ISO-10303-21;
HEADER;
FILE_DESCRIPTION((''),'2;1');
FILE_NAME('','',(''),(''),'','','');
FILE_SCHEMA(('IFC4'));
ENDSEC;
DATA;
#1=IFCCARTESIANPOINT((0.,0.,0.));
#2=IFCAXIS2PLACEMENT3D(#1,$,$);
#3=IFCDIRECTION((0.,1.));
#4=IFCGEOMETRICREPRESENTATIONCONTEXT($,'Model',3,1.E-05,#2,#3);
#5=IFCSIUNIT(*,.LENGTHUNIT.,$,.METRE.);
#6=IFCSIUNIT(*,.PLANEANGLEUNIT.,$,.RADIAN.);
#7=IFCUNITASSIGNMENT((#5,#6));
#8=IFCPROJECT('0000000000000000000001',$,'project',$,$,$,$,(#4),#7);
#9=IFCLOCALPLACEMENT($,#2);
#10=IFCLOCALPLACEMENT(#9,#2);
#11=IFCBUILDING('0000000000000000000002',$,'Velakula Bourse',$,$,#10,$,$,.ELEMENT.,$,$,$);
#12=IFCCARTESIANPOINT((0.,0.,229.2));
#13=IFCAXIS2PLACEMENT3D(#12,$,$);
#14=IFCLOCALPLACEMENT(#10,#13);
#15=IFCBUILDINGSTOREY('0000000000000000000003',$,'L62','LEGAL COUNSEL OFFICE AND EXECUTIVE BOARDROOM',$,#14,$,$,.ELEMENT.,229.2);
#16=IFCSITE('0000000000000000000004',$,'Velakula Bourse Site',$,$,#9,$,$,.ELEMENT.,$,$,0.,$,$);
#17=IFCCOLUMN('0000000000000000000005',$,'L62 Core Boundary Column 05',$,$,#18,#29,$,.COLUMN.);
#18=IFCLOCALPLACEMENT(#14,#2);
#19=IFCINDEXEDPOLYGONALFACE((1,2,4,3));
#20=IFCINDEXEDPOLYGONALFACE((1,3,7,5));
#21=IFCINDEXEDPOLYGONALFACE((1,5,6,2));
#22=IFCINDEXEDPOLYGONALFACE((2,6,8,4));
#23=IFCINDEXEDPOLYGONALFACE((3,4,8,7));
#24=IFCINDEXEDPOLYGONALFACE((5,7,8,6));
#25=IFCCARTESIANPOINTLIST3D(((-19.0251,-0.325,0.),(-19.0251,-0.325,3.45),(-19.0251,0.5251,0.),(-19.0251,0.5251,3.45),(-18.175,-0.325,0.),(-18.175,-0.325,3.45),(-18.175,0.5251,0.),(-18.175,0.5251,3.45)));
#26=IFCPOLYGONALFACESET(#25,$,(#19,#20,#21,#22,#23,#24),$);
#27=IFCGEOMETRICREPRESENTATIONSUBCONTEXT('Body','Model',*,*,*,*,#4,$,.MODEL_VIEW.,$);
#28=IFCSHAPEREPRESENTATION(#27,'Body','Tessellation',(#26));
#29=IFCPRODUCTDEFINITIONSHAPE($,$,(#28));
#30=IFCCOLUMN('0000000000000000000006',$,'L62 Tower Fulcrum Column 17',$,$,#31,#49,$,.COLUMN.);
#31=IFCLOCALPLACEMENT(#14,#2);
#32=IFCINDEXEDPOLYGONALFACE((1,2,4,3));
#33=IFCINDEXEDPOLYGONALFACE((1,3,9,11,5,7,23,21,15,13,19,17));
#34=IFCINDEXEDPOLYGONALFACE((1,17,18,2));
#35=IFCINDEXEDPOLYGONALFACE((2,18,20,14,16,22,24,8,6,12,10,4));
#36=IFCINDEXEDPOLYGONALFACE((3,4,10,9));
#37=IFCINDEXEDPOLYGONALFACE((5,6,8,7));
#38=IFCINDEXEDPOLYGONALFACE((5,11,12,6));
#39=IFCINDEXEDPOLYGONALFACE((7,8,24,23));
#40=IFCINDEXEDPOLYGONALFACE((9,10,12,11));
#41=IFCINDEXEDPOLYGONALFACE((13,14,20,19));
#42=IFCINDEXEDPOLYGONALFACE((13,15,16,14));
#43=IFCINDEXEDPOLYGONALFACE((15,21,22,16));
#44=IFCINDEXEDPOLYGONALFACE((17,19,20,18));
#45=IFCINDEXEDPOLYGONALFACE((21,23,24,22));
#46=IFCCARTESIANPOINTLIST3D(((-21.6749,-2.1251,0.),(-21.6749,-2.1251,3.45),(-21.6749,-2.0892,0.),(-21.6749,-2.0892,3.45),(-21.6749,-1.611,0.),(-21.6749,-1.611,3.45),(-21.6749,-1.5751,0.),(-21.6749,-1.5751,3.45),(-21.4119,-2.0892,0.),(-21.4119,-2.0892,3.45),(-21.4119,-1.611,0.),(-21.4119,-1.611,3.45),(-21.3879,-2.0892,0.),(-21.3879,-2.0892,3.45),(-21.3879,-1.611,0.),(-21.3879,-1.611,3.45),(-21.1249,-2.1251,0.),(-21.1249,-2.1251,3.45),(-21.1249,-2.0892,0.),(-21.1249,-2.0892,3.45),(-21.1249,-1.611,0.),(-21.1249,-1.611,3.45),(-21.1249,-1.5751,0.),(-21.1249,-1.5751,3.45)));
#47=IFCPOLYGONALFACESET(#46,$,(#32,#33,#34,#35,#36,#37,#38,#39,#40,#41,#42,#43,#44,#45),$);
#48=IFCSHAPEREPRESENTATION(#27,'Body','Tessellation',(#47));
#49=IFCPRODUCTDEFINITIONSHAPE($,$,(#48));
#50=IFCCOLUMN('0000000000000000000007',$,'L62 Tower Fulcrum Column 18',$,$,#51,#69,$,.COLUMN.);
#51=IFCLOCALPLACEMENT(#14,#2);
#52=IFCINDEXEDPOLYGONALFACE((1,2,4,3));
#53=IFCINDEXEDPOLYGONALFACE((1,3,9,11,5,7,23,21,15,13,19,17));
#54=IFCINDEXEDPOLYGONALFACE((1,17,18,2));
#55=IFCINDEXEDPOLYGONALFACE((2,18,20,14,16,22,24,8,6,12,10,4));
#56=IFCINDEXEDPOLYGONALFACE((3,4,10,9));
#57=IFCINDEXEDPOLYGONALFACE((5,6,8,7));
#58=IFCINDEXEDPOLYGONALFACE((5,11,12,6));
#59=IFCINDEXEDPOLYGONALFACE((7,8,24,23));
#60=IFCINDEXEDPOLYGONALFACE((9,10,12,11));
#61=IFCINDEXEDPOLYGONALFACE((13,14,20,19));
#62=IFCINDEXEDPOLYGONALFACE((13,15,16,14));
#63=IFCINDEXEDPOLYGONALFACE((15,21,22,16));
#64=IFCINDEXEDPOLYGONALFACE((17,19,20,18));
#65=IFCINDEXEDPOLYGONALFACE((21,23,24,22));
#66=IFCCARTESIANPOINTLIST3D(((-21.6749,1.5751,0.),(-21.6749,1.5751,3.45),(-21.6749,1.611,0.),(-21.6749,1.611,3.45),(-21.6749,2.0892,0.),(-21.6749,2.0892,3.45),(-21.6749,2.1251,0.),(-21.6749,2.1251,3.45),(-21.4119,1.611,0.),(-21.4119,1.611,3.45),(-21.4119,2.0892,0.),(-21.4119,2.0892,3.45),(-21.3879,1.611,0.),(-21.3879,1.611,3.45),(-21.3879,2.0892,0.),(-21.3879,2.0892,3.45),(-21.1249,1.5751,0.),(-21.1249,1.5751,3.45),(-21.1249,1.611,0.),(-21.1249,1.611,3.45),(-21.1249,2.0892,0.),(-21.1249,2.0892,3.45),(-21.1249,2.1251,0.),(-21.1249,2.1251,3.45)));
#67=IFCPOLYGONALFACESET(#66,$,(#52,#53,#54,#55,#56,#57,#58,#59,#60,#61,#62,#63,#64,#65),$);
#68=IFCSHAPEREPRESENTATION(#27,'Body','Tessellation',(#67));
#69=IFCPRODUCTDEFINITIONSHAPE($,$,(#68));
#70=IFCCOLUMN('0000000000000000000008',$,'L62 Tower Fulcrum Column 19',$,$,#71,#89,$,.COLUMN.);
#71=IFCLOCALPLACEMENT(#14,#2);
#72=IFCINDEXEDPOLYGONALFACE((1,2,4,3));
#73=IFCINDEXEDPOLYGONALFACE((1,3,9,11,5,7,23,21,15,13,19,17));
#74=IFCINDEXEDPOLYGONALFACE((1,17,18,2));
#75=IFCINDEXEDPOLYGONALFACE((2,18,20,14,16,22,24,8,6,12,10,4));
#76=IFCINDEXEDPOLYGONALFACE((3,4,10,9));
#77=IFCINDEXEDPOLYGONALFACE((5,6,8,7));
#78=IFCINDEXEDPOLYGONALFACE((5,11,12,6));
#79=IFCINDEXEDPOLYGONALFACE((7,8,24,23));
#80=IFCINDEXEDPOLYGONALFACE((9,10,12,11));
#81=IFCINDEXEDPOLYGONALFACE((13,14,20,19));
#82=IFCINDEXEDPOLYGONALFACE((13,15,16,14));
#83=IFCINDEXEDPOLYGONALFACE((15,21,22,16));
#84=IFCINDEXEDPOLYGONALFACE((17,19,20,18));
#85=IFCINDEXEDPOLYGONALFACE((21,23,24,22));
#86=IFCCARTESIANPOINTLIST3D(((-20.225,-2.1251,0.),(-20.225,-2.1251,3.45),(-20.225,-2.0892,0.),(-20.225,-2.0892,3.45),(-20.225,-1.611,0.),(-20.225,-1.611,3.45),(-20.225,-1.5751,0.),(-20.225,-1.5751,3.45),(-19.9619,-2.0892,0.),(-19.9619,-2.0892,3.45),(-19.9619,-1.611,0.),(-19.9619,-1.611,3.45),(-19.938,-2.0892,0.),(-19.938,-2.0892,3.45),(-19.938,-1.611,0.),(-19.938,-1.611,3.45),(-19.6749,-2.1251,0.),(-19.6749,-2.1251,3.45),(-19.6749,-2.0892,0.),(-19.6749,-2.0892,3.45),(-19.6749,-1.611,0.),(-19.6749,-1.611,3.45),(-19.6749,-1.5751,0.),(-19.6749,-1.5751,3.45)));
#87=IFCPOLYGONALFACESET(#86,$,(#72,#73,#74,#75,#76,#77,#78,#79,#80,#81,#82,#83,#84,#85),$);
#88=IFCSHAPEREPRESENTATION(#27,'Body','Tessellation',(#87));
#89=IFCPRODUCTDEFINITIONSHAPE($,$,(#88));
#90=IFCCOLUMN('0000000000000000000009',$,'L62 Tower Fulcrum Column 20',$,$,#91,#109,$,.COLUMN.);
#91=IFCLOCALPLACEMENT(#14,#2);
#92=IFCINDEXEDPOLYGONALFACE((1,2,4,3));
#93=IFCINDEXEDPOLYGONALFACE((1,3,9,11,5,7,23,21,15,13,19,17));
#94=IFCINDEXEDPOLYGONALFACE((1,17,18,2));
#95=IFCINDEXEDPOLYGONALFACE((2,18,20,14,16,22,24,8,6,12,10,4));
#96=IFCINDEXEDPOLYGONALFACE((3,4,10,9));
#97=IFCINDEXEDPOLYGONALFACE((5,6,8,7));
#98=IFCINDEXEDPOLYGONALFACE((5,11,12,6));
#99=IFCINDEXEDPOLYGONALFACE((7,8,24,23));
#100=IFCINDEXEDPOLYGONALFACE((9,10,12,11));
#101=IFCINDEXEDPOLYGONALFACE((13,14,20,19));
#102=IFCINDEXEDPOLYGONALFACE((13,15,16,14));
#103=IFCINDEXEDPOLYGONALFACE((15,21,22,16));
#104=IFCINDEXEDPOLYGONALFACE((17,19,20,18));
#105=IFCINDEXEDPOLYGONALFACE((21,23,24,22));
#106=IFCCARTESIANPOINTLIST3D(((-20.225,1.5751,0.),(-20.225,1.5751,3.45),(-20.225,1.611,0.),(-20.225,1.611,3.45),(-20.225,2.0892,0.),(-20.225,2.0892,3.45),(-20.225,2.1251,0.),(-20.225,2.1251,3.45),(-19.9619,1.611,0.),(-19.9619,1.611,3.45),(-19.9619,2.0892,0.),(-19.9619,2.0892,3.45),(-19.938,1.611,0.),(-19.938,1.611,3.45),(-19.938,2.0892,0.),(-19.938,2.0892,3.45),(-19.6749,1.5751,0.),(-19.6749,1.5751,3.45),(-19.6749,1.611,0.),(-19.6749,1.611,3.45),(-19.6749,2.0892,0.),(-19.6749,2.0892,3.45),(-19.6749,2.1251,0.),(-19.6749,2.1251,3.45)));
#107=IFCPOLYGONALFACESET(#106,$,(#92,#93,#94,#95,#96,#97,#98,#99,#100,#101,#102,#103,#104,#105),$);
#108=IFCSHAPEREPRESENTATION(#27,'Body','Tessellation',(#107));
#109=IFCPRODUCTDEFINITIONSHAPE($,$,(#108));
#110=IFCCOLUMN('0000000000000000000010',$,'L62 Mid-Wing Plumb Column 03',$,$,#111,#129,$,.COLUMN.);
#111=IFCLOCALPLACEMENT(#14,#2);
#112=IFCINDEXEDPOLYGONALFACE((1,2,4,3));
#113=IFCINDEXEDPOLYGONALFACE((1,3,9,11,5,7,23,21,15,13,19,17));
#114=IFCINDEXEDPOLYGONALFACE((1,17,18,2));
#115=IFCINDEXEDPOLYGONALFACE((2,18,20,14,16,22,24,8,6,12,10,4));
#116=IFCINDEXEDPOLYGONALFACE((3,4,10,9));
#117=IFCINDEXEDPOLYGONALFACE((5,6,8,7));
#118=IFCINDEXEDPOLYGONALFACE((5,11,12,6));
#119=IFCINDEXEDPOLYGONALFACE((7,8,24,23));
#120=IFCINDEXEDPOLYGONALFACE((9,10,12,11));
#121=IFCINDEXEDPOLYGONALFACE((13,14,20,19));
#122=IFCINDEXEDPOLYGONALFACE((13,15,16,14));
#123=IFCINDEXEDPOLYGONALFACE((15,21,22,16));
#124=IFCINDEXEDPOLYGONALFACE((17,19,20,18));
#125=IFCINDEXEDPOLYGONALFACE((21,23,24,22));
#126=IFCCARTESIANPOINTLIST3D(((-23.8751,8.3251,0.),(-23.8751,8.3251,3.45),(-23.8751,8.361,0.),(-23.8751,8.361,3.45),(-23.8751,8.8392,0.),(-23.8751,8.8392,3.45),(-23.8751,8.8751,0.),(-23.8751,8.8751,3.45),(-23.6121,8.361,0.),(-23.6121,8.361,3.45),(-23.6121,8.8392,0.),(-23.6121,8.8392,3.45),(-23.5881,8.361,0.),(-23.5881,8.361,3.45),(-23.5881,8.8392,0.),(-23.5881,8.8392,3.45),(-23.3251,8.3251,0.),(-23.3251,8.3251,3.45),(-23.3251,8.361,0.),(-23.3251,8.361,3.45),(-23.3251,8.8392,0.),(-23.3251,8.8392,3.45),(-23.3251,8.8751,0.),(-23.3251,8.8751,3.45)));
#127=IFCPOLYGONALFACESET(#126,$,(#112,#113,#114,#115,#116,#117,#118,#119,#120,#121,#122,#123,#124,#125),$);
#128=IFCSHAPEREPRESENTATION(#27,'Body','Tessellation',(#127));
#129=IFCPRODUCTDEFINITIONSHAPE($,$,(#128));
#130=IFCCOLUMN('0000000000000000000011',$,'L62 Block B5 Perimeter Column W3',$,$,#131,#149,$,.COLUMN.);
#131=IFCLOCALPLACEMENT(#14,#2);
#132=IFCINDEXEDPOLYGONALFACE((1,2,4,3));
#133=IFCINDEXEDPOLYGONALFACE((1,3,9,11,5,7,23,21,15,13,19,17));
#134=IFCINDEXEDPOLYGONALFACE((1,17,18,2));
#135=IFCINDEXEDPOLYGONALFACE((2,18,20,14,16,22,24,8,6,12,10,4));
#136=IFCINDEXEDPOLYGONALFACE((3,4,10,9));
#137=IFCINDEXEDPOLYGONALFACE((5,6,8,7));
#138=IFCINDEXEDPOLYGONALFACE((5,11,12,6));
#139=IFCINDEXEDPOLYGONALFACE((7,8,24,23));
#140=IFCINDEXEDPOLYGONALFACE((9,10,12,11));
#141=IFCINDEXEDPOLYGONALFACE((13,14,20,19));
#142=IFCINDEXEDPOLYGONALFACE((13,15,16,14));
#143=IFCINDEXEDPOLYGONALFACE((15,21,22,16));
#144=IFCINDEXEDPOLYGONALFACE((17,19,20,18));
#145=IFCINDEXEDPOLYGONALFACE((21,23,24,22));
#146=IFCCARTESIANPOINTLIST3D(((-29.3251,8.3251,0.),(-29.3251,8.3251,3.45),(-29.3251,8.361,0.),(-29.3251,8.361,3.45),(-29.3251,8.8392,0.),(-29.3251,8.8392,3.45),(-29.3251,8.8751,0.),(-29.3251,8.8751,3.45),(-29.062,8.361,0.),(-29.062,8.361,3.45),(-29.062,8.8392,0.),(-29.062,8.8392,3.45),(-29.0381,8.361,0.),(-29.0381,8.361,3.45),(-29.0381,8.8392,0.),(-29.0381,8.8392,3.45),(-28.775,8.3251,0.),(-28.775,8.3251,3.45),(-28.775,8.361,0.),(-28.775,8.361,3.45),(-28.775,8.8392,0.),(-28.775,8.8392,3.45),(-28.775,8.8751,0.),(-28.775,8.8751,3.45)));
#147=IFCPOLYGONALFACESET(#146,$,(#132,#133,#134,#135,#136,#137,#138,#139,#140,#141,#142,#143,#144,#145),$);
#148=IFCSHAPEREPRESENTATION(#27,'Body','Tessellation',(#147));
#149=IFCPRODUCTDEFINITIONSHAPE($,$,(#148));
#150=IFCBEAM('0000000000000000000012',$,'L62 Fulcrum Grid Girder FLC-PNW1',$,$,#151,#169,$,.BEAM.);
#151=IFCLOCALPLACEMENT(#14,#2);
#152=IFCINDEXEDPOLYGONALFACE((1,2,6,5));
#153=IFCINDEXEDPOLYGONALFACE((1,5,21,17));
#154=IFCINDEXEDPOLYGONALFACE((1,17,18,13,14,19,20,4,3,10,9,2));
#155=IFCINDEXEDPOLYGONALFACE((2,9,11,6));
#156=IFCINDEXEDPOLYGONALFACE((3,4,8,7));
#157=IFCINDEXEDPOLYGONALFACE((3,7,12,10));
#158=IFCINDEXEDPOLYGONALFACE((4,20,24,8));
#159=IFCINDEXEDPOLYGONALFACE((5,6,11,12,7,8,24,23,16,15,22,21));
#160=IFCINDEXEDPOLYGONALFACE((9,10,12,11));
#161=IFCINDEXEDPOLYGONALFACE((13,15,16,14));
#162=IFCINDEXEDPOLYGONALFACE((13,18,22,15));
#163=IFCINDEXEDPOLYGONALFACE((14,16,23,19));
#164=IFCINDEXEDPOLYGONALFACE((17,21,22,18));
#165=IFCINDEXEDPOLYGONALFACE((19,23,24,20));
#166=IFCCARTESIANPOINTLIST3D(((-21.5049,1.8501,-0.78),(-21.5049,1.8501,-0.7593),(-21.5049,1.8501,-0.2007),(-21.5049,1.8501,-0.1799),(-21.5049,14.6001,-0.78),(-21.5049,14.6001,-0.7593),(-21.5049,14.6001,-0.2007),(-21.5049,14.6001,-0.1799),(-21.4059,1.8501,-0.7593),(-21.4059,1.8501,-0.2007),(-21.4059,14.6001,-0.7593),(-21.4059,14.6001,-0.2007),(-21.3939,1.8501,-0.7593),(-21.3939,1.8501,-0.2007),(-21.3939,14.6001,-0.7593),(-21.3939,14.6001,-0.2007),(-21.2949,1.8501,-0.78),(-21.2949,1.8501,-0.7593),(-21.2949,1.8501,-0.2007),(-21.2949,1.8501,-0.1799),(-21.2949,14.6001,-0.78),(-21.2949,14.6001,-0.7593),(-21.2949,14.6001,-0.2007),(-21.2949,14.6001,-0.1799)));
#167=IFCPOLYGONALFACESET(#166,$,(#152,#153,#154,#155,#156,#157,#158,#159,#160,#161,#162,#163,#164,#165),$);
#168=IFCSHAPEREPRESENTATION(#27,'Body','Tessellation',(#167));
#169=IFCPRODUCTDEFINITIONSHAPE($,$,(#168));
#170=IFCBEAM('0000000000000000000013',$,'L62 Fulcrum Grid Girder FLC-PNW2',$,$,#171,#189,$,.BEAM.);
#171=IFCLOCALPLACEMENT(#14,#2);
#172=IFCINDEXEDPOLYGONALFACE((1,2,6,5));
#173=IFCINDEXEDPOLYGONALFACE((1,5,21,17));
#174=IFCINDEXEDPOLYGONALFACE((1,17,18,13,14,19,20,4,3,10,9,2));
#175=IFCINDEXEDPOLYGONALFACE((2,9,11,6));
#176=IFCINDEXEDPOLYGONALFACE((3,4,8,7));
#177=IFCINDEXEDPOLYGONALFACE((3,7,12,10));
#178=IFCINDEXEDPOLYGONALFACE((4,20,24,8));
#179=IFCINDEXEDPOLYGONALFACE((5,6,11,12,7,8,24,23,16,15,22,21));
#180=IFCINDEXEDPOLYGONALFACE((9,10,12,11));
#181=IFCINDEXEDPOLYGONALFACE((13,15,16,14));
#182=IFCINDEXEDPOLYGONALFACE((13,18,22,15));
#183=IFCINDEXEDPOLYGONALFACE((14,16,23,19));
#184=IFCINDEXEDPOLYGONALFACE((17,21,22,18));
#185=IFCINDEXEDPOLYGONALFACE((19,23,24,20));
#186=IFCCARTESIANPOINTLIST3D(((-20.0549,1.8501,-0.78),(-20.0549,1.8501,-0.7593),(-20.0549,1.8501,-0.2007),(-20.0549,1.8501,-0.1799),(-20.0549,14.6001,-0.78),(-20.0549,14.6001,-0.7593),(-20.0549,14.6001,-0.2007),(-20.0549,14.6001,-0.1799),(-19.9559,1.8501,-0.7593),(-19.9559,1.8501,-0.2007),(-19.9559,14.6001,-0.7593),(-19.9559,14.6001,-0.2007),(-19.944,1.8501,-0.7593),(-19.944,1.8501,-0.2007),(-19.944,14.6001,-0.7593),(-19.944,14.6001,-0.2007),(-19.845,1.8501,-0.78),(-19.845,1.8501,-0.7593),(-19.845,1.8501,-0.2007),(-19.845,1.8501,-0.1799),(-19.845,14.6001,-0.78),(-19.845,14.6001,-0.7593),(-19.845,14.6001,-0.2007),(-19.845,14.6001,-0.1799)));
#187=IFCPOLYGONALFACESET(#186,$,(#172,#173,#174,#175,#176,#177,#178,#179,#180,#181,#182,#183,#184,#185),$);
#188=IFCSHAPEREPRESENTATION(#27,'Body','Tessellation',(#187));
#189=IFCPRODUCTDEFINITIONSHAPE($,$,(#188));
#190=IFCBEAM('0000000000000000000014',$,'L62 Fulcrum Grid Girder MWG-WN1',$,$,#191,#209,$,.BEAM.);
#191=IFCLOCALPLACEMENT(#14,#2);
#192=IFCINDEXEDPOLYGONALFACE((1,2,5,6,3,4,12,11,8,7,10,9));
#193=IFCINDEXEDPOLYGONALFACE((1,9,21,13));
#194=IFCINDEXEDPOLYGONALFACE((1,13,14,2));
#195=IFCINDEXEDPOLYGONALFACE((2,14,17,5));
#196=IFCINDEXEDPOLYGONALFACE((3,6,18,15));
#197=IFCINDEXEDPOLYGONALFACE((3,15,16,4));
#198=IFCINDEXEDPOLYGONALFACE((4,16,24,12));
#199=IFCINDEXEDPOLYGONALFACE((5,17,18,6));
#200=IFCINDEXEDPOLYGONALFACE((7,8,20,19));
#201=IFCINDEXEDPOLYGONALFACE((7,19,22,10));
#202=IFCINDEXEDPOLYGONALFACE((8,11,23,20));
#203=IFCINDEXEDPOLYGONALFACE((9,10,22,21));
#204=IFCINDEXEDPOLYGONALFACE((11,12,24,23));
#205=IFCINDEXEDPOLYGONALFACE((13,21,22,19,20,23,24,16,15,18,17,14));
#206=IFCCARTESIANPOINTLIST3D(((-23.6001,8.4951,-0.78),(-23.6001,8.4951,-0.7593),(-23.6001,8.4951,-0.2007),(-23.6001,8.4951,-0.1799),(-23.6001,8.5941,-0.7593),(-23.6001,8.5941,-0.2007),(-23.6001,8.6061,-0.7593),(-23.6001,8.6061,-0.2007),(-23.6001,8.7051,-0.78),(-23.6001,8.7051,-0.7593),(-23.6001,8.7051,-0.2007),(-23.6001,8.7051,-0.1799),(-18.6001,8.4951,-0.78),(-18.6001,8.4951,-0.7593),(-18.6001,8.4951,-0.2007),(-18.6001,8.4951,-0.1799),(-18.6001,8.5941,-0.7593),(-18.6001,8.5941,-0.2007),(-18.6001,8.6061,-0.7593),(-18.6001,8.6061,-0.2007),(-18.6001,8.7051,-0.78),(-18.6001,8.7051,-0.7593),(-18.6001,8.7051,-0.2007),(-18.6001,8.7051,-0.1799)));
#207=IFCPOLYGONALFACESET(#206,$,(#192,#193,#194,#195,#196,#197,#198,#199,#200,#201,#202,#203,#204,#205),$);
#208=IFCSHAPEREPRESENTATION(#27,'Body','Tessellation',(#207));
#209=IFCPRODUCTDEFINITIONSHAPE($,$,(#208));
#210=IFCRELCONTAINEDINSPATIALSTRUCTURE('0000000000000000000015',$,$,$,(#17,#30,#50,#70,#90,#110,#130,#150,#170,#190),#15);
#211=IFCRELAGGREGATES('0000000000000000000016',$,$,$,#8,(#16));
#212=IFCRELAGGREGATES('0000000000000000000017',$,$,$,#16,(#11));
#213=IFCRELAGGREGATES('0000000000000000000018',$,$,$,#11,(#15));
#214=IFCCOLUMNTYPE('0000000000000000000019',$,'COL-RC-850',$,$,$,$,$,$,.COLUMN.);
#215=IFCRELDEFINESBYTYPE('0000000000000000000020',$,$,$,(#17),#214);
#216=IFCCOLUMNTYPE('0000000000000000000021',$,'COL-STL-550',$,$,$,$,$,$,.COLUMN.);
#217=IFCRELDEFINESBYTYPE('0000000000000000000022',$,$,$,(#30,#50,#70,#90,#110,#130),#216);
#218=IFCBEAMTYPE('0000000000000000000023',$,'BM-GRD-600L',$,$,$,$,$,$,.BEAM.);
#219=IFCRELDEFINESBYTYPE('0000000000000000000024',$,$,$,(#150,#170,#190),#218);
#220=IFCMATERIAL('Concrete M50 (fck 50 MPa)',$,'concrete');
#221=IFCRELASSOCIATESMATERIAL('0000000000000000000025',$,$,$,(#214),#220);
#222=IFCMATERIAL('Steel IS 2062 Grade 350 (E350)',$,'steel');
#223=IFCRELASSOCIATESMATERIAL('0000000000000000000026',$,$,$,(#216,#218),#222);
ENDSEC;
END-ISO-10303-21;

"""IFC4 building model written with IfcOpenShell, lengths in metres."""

from ifc_helpers import new_model, si_unit, direction, frame, origin, origin_2d, place, context, subcontext, project, spatial, rectangle, i_section, extrude, material, material_profile, profile_set, type_object, element, save


model = new_model("IFC4")

# Units and contexts
model_context = context("Model", 3, precision=1e-05, world=origin(), true_north=direction((0.0, 1.0)))
body_context = subcontext(model_context, "Body", "Model", "MODEL_VIEW")
ifc_project = project(units=[si_unit("LENGTHUNIT", "METRE"), si_unit("PLANEANGLEUNIT", "RADIAN")], contexts=[model_context])

# Site, building, storey
site_placement = place(None, origin())
site = spatial("IfcSite", under=ifc_project, at=site_placement, Name="Velakula Bourse Site", CompositionType="ELEMENT", RefElevation=0.0)
building_placement = place(site_placement, origin())
building = spatial("IfcBuilding", under=site, at=building_placement, Name="Velakula Bourse", CompositionType="ELEMENT")
storey_placement = place(building_placement, frame((0.0, 0.0, 229.2)))
storey = spatial("IfcBuildingStorey", under=building, at=storey_placement, Name="L62", Description="LEGAL COUNSEL OFFICE AND EXECUTIVE BOARDROOM", CompositionType="ELEMENT", Elevation=229.2)

# Columns
ifc_material_1 = material(Name="Concrete M50 (fck 50 MPa)", Category="concrete")
ifc_material_profile_1 = material_profile(ifc_material_1, rectangle(XDim=0.8501, YDim=0.8501, at=origin_2d()), Name="Concrete M50 (fck 50 MPa)")
ifc_profile_set_1 = profile_set([ifc_material_profile_1], Name="Concrete M50 (fck 50 MPa)")
column_type_1 = type_object("IfcColumnType", Name="COL-RC-850", PredefinedType="COLUMN", material=ifc_profile_set_1)
column_placement = place(storey_placement, frame((-18.6001, 0.1001, 0.0), z_axis=(0.0, 0.0, 1.0), x_axis=(1.0, 0.0, 0.0)))
element("IfcColumn", 1, at=column_placement, inside=storey, type_object=column_type_1, Name="L62 Core Boundary Column 05", PredefinedType="COLUMN", context=body_context, shape_type="SweptSolid", body=[
    extrude(rectangle(XDim=0.8501, YDim=0.8501, at=origin_2d()), origin(), (0.0, 0.0, 1.0), 3.45),
])
ifc_material_2 = material(Name="Steel IS 2062 Grade 350 (E350)", Category="steel")
ifc_material_profile_2 = material_profile(ifc_material_2, i_section(OverallWidth=0.55, OverallDepth=0.55, WebThickness=0.0239, FlangeThickness=0.0359, at=origin_2d()), Name="Steel IS 2062 Grade 350 (E350)")
ifc_profile_set_2 = profile_set([ifc_material_profile_2], Name="Steel IS 2062 Grade 350 (E350)")
column_type_2 = type_object("IfcColumnType", Name="COL-STL-550", PredefinedType="COLUMN", material=ifc_profile_set_2)
for number, where, z_axis, x_axis, name in (
    (2, (-21.3999, -1.8501, 0.0), (0.0, 0.0, 1.0), (1.0, 0.0, 0.0), "L62 Tower Fulcrum Column 17"),
    (3, (-21.3999, 1.8501, 0.0), (0.0, 0.0, 1.0), (1.0, 0.0, 0.0), "L62 Tower Fulcrum Column 18"),
    (4, (-19.95, -1.8501, 0.0), (0.0, 0.0, 1.0), (1.0, 0.0, 0.0), "L62 Tower Fulcrum Column 19"),
    (5, (-19.95, 1.8501, 0.0), (0.0, 0.0, 1.0), (1.0, 0.0, 0.0), "L62 Tower Fulcrum Column 20"),
    (6, (-23.6001, 8.6001, 0.0), (0.0, 0.0, 1.0), (1.0, 0.0, 0.0), "L62 Mid-Wing Plumb Column 03"),
    (7, (-29.05, 8.6001, 0.0), (0.0, 0.0, 1.0), (1.0, 0.0, 0.0), "L62 Block B5 Perimeter Column W3"),
):
    element("IfcColumn", number, at=place(storey_placement, frame(where, z_axis=z_axis, x_axis=x_axis)), inside=storey, type_object=column_type_2, Name=name, PredefinedType="COLUMN", context=body_context, shape_type="SweptSolid", body=[
        extrude(i_section(OverallWidth=0.55, OverallDepth=0.55, WebThickness=0.0239, FlangeThickness=0.0359, at=origin_2d()), origin(), (0.0, 0.0, 1.0), 3.45),
    ])

# Beams
ifc_material_profile_3 = material_profile(ifc_material_2, i_section(OverallWidth=0.21, OverallDepth=0.6001, WebThickness=0.012, FlangeThickness=0.0208, at=origin_2d()), Name="Steel IS 2062 Grade 350 (E350)")
ifc_profile_set_3 = profile_set([ifc_material_profile_3], Name="Steel IS 2062 Grade 350 (E350)")
beam_type_1 = type_object("IfcBeamType", Name="BM-GRD-600L", PredefinedType="BEAM", material=ifc_profile_set_3)
for number, where, z_axis, x_axis, name in (
    (8, (-21.3999, 1.8501, -0.48), (0.0, 1.0, 0.0), (-1.0, 0.0, 0.0), "L62 Fulcrum Grid Girder FLC-PNW1"),
    (9, (-19.95, 1.8501, -0.48), (0.0, 1.0, 0.0), (-1.0, 0.0, 0.0), "L62 Fulcrum Grid Girder FLC-PNW2"),
):
    element("IfcBeam", number, at=place(storey_placement, frame(where, z_axis=z_axis, x_axis=x_axis)), inside=storey, type_object=beam_type_1, Name=name, PredefinedType="BEAM", context=body_context, shape_type="SweptSolid", body=[
        extrude(i_section(OverallWidth=0.21, OverallDepth=0.6001, WebThickness=0.012, FlangeThickness=0.0208, at=origin_2d()), origin(), (0.0, 0.0, 1.0), 12.75),
    ])
beam_1_placement = place(storey_placement, frame((-23.6001, 8.6001, -0.48), z_axis=(1.0, 0.0, 0.0), x_axis=(0.0, 1.0, 0.0)))
element("IfcBeam", 10, at=beam_1_placement, inside=storey, type_object=beam_type_1, Name="L62 Fulcrum Grid Girder MWG-WN1", PredefinedType="BEAM", context=body_context, shape_type="SweptSolid", body=[
    extrude(i_section(OverallWidth=0.21, OverallDepth=0.6001, WebThickness=0.012, FlangeThickness=0.0208, at=origin_2d()), origin(), (0.0, 0.0, 1.0), 5.0),
])

save(model, "model.ifc")
